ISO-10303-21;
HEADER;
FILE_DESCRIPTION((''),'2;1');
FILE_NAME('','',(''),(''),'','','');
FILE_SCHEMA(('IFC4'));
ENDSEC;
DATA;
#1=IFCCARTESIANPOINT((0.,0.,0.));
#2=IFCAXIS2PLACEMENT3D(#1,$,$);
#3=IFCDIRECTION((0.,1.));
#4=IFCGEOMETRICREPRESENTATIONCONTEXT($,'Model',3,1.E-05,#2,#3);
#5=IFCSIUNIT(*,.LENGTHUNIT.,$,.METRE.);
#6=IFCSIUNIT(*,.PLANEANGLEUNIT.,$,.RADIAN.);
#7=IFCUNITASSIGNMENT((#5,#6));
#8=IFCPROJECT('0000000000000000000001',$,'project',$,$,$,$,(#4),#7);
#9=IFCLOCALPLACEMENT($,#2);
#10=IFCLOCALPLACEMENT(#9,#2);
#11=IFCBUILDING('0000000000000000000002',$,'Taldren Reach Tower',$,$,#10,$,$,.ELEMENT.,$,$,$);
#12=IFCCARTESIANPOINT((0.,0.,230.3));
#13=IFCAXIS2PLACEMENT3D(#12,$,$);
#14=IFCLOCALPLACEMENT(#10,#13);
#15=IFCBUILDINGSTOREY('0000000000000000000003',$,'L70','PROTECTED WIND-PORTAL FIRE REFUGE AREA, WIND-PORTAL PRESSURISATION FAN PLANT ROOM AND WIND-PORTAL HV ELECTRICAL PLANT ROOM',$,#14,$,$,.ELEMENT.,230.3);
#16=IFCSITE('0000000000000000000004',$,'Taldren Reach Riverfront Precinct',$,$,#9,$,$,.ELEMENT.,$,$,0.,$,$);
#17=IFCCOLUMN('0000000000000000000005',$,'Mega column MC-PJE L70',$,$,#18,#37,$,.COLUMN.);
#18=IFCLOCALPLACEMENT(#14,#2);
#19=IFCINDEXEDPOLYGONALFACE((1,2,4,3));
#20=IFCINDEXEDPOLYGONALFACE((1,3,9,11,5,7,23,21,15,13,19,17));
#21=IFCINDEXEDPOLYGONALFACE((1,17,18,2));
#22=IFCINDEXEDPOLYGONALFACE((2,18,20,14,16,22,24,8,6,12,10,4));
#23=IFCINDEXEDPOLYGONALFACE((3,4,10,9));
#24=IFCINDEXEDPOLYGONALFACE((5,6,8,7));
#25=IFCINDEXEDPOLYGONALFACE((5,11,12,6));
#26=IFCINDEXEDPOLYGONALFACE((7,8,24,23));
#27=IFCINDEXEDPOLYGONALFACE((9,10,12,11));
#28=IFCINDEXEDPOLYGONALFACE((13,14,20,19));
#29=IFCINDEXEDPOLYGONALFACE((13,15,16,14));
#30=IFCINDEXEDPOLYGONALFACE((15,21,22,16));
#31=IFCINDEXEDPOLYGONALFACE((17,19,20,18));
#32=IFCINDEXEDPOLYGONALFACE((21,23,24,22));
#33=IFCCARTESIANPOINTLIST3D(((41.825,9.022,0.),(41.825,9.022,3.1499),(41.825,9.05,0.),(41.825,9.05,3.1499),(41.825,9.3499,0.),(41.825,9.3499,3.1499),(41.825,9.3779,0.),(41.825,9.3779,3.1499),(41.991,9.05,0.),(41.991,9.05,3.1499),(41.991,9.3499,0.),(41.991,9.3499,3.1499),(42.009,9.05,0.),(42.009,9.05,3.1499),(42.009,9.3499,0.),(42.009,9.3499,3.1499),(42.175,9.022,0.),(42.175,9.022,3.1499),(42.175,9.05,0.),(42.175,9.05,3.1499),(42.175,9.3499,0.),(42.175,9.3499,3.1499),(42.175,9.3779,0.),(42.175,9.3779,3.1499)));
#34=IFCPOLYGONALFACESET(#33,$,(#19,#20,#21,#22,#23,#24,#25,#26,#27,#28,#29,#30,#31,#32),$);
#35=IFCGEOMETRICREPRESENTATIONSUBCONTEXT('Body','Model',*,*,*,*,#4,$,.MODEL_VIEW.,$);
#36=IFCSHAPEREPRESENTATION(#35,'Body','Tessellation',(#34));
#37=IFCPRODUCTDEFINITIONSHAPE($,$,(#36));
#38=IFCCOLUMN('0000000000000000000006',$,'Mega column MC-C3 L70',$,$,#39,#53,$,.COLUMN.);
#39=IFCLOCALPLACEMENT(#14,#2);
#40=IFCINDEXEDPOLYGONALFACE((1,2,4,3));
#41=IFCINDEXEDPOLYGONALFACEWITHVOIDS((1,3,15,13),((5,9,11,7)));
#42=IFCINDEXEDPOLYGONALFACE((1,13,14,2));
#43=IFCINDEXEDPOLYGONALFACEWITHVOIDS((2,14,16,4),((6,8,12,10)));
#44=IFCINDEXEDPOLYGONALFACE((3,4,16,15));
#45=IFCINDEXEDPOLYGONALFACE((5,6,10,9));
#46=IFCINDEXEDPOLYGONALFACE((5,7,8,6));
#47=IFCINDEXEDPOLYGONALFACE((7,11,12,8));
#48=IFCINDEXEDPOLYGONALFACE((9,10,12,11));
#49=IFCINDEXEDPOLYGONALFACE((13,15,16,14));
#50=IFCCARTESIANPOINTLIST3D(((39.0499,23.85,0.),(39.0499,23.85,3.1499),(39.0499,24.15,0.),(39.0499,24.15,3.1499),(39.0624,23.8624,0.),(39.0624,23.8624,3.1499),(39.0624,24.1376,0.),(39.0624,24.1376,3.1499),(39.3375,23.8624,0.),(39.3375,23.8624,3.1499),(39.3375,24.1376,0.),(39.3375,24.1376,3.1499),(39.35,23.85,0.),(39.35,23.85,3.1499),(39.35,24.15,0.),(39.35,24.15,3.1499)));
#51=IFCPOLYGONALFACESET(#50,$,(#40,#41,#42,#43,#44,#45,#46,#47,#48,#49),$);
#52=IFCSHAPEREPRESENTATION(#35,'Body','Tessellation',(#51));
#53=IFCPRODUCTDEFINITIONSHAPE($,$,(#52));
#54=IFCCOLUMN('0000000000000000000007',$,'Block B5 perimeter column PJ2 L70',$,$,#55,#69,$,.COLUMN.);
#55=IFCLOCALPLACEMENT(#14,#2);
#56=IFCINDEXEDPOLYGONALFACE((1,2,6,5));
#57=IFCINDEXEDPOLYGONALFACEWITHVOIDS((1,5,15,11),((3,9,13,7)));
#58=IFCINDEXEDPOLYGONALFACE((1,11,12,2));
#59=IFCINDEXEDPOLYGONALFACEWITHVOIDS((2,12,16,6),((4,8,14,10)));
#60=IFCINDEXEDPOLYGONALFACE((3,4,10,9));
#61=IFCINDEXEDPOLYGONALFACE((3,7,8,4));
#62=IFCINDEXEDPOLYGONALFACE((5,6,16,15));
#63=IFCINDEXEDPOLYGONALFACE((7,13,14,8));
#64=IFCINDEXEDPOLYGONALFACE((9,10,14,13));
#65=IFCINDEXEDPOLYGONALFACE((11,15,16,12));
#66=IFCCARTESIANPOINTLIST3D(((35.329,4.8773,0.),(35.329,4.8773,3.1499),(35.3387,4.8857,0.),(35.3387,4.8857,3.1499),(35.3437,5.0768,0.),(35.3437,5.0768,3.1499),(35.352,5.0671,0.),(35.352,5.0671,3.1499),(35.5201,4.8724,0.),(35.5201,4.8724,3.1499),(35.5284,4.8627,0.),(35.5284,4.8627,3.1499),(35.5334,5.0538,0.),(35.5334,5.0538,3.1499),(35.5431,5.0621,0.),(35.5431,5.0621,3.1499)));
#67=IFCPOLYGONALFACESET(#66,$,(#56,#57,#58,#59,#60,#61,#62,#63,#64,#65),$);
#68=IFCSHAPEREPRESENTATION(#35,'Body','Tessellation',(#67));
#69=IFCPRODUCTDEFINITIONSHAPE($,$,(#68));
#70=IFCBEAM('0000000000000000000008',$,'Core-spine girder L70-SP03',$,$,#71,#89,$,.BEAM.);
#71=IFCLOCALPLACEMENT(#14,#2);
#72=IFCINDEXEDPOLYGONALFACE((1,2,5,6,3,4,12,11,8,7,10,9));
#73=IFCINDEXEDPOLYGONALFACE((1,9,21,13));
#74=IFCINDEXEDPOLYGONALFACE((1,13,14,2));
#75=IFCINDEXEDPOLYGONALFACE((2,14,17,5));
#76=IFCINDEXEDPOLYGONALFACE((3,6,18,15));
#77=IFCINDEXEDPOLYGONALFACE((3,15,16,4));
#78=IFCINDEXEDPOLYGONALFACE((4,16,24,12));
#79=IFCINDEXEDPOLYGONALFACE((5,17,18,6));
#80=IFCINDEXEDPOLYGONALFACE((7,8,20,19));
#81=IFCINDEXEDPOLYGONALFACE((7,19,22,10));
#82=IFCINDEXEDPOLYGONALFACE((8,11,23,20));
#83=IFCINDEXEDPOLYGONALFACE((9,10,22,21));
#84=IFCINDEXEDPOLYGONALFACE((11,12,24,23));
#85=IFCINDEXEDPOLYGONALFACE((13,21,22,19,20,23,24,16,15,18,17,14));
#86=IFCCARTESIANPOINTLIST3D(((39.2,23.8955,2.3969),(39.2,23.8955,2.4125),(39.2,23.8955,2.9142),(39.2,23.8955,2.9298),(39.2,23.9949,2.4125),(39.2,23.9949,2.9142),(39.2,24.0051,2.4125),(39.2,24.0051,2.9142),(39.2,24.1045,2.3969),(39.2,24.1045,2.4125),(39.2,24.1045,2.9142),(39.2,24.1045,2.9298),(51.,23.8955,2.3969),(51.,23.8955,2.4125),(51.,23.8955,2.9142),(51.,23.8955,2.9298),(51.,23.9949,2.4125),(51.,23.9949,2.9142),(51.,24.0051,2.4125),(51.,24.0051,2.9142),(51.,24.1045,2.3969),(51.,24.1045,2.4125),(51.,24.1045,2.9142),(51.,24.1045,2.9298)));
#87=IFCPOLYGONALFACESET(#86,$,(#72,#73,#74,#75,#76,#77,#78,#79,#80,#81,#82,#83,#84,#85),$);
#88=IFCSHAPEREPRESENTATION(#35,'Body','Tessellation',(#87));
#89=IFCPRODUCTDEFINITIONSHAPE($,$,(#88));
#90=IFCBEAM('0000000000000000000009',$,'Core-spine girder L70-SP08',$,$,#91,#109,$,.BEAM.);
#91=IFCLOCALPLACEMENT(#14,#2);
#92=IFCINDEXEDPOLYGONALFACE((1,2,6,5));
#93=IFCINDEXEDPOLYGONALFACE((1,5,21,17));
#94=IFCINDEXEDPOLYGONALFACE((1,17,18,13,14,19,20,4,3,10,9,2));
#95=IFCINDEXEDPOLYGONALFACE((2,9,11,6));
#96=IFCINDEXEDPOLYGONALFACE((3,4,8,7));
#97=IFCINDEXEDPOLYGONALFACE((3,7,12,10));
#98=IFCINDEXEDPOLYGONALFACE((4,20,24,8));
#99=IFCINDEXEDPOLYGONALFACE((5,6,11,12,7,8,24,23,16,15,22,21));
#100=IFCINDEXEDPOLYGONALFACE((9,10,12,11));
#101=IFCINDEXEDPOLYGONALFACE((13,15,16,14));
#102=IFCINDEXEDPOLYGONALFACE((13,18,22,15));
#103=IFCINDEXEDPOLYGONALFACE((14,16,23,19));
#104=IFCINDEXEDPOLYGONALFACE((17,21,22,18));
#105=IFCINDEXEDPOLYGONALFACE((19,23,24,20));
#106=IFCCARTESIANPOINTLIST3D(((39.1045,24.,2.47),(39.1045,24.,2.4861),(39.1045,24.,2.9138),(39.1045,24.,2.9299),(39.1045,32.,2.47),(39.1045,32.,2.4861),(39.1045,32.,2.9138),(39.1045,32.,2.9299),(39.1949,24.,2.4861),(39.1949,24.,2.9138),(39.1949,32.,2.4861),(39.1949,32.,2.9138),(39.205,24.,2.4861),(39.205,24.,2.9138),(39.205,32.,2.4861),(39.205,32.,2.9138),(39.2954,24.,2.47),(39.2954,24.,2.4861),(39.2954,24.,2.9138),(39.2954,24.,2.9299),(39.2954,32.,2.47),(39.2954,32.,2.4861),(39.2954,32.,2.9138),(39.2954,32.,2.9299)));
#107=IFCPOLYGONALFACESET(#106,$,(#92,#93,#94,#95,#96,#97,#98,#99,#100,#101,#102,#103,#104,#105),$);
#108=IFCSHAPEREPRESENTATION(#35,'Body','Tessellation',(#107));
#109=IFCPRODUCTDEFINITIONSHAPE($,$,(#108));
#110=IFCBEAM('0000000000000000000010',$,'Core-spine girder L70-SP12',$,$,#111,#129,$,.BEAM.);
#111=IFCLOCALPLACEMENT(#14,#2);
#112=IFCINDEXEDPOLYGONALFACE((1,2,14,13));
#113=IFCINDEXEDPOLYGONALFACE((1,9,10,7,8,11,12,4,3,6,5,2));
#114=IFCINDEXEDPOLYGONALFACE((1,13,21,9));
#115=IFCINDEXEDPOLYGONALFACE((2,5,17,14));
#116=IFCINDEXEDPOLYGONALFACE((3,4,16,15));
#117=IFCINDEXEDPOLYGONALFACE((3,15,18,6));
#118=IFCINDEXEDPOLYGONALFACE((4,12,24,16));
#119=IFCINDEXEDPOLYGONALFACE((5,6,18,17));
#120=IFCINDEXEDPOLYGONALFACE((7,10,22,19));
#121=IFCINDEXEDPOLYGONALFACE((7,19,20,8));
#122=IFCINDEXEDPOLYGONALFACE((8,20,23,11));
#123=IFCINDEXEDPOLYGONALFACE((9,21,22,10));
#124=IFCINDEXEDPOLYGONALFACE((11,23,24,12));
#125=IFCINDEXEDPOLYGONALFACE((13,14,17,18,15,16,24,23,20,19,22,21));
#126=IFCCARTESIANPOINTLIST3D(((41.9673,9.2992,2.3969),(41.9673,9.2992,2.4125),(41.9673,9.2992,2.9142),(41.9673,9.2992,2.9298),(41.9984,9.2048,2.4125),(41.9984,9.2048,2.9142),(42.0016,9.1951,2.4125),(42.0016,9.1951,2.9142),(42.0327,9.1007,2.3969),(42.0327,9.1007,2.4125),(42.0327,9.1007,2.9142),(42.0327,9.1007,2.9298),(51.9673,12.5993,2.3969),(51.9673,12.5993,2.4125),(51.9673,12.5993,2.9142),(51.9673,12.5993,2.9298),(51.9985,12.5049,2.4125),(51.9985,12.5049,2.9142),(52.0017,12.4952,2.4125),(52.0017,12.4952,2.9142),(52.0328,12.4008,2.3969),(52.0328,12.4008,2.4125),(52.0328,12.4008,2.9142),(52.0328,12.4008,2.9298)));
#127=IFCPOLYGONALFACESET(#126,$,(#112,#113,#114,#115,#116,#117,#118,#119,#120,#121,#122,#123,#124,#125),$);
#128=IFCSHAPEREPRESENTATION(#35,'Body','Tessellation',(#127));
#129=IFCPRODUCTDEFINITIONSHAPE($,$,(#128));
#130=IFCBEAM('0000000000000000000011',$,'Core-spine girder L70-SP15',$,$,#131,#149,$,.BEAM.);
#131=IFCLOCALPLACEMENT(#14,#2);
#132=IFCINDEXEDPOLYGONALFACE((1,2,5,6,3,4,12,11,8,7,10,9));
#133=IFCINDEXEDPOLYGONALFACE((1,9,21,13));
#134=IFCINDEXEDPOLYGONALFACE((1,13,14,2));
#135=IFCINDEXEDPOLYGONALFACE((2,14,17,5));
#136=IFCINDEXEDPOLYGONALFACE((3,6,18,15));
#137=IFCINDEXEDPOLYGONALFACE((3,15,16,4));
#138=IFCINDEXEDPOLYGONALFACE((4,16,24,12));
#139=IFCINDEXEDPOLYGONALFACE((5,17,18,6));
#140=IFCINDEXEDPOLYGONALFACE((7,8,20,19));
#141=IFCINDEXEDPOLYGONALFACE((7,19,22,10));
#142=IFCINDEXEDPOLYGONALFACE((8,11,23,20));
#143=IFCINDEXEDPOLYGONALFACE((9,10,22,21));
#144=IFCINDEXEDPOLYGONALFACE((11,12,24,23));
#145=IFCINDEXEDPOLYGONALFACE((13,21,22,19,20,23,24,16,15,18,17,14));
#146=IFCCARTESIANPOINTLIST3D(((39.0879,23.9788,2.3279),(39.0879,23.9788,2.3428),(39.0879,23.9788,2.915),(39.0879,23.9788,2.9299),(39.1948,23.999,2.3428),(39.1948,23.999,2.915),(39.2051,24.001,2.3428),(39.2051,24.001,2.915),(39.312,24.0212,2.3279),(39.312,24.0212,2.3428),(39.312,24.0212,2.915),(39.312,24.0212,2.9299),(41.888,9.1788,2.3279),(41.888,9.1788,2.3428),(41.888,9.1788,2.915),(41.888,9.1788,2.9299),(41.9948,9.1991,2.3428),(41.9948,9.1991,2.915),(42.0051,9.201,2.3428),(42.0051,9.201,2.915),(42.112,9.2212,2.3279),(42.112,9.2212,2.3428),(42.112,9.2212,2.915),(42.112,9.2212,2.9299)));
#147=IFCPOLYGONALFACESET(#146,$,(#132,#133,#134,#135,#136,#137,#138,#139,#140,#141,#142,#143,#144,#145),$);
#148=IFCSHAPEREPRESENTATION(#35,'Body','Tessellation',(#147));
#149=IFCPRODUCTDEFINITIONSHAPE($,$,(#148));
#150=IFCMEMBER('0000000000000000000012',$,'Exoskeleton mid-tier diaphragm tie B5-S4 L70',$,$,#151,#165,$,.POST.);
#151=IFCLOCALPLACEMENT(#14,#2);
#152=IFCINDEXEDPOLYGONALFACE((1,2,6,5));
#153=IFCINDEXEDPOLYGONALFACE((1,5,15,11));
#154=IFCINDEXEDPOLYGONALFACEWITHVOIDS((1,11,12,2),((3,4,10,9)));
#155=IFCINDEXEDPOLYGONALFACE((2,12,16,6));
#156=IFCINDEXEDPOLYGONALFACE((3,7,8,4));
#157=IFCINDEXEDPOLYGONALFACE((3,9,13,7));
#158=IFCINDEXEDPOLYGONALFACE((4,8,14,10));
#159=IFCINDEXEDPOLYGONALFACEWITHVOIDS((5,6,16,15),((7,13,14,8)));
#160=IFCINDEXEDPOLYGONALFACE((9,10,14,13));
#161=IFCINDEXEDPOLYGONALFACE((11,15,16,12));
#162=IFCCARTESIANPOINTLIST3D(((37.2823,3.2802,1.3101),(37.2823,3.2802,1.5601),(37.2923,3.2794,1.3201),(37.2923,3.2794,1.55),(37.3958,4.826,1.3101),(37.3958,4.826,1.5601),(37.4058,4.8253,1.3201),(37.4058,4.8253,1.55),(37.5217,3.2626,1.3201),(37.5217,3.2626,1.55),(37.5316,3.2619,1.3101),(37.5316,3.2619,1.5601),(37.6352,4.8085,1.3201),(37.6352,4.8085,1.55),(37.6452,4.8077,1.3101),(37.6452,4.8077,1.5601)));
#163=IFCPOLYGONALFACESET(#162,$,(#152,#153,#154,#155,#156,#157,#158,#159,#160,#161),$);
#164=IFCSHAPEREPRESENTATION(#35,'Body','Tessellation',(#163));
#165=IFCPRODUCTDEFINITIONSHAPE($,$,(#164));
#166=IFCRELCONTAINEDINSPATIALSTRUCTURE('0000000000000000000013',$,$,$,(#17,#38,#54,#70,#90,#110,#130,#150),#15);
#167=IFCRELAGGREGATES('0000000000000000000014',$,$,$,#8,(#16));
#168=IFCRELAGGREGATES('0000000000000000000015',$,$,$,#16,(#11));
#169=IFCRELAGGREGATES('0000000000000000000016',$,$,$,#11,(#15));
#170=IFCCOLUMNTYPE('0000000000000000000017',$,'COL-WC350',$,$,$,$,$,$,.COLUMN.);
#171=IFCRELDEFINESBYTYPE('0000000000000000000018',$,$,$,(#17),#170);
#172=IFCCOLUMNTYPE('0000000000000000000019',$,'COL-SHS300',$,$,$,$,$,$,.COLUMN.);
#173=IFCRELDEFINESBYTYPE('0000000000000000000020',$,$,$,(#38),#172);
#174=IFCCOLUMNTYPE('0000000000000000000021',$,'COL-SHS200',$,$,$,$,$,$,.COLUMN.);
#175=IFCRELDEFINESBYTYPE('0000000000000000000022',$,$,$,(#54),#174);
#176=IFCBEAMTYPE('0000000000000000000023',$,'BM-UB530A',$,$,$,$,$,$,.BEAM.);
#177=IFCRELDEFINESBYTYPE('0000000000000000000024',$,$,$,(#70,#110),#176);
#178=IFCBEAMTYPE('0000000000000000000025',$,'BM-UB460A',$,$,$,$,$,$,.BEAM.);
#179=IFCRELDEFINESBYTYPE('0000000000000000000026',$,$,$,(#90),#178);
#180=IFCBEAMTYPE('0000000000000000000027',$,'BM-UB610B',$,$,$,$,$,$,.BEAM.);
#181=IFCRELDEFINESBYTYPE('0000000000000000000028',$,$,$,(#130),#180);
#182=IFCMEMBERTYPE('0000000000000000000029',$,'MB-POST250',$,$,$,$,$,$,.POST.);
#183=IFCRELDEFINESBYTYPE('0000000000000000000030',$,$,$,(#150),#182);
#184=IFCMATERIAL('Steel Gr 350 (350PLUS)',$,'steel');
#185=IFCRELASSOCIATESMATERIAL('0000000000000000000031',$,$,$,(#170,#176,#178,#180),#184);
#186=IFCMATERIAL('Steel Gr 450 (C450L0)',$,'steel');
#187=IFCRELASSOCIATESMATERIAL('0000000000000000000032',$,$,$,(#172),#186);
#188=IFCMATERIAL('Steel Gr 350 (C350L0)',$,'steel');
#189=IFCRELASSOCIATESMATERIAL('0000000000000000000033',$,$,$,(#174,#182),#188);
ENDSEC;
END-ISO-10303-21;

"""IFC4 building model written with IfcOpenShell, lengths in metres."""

from ifc_helpers import new_model, si_unit, direction, frame, origin, origin_2d, place, context, subcontext, project, spatial, hollow_rectangle, i_section, extrude, source, transform, mapped, material, material_profile, profile_set, type_object, element, save


model = new_model("IFC4")

# Units and contexts
model_context = context("Model", 3, precision=1e-05, world=origin(), true_north=direction((0.0, 1.0)))
body_context = subcontext(model_context, "Body", "Model", "MODEL_VIEW")
ifc_project = project(units=[si_unit("LENGTHUNIT", "METRE"), si_unit("PLANEANGLEUNIT", "RADIAN")], contexts=[model_context])

# Site, building, storey
site_placement = place(None, origin())
site = spatial("IfcSite", under=ifc_project, at=site_placement, Name="Taldren Reach Riverfront Precinct", CompositionType="ELEMENT", RefElevation=0.0)
building_placement = place(site_placement, origin())
building = spatial("IfcBuilding", under=site, at=building_placement, Name="Taldren Reach Tower", CompositionType="ELEMENT")
storey_placement = place(building_placement, frame((0.0, 0.0, 230.3)))
storey = spatial("IfcBuildingStorey", under=building, at=storey_placement, Name="L70", Description="PROTECTED WIND-PORTAL FIRE REFUGE AREA, WIND-PORTAL PRESSURISATION FAN PLANT ROOM AND WIND-PORTAL HV ELECTRICAL PLANT ROOM", CompositionType="ELEMENT", Elevation=230.3)

# Columns
ifc_material_1 = material(Name="Steel Gr 350 (350PLUS)", Category="steel")
ifc_material_profile_1 = material_profile(ifc_material_1, i_section(OverallWidth=0.3501, OverallDepth=0.356, WebThickness=0.0181, FlangeThickness=0.0281, at=origin_2d()), Name="350WC197")
ifc_profile_set_1 = profile_set([ifc_material_profile_1], Name="Steel Gr 350 (350PLUS)")
column_type_1 = type_object("IfcColumnType", Name="COL-WC350", PredefinedType="COLUMN", material=ifc_profile_set_1)
shared_shape_1 = source(origin(), body_context, "Body", "SweptSolid", [
    extrude(i_section(OverallWidth=0.3501, OverallDepth=0.356, WebThickness=0.0181, FlangeThickness=0.0281, at=origin_2d()), origin(), (0.0, 0.0, 1.0), 3.1499),
])
column_1_placement = place(storey_placement, frame((42.0, 9.2, 0.0), z_axis=(0.0, 0.0, 1.0), x_axis=(1.0, 0.0, 0.0)))
element("IfcColumn", 1, at=column_1_placement, inside=storey, type_object=column_type_1, Name="Mega column MC-PJE L70", PredefinedType="COLUMN", context=body_context, shape_type="MappedRepresentation", body=[
    mapped(shared_shape_1, transform((0.0, 0.0, 0.0), scale=1.0)),
])
ifc_material_2 = material(Name="Steel Gr 450 (C450L0)", Category="steel")
ifc_material_profile_2 = material_profile(ifc_material_2, hollow_rectangle(XDim=0.3, YDim=0.3, WallThickness=0.0125, at=origin_2d()), Name="300x300x12.5SHS")
ifc_profile_set_2 = profile_set([ifc_material_profile_2], Name="Steel Gr 450 (C450L0)")
column_type_2 = type_object("IfcColumnType", Name="COL-SHS300", PredefinedType="COLUMN", material=ifc_profile_set_2)
shared_shape_2 = source(origin(), body_context, "Body", "SweptSolid", [
    extrude(hollow_rectangle(XDim=0.3, YDim=0.3, WallThickness=0.0125, at=origin_2d()), origin(), (0.0, 0.0, 1.0), 3.1499),
])
column_2_placement = place(storey_placement, frame((39.2, 24.0, 0.0), z_axis=(0.0, 0.0, 1.0), x_axis=(1.0, 0.0, 0.0)))
element("IfcColumn", 2, at=column_2_placement, inside=storey, type_object=column_type_2, Name="Mega column MC-C3 L70", PredefinedType="COLUMN", context=body_context, shape_type="MappedRepresentation", body=[
    mapped(shared_shape_2, transform((0.0, 0.0, 0.0), scale=1.0)),
])
ifc_material_3 = material(Name="Steel Gr 350 (C350L0)", Category="steel")
ifc_material_profile_3 = material_profile(ifc_material_3, hollow_rectangle(XDim=0.2, YDim=0.2, WallThickness=0.009, at=origin_2d()), Name="200x200x9.0SHS")
ifc_profile_set_3 = profile_set([ifc_material_profile_3], Name="Steel Gr 350 (C350L0)")
column_type_3 = type_object("IfcColumnType", Name="COL-SHS200", PredefinedType="COLUMN", material=ifc_profile_set_3)
shared_shape_3 = source(origin(), body_context, "Body", "SweptSolid", [
    extrude(hollow_rectangle(XDim=0.2, YDim=0.2, WallThickness=0.009, at=origin_2d()), origin(), (0.0, 0.0, 1.0), 3.1499),
])
column_3_placement = place(storey_placement, frame((35.436, 4.9697, 0.0), z_axis=(0.0, 0.0, 1.0), x_axis=(0.997314, -0.073238, 0.0)))
element("IfcColumn", 3, at=column_3_placement, inside=storey, type_object=column_type_3, Name="Block B5 perimeter column PJ2 L70", PredefinedType="COLUMN", context=body_context, shape_type="MappedRepresentation", body=[
    mapped(shared_shape_3, transform((0.0, 0.0, 0.0), scale=1.0)),
])

# Beams
ifc_material_profile_4 = material_profile(ifc_material_1, i_section(OverallWidth=0.209, OverallDepth=0.533, WebThickness=0.0103, FlangeThickness=0.0156, at=origin_2d()), Name="530UB92.4")
ifc_profile_set_4 = profile_set([ifc_material_profile_4], Name="Steel Gr 350 (350PLUS)")
beam_type_1 = type_object("IfcBeamType", Name="BM-UB530A", PredefinedType="BEAM", material=ifc_profile_set_4)
shared_shape_4 = source(origin(), body_context, "Body", "SweptSolid", [
    extrude(i_section(OverallWidth=0.209, OverallDepth=0.533, WebThickness=0.0103, FlangeThickness=0.0156, at=origin_2d()), origin(), (0.0, 0.0, 1.0), 11.8),
])
beam_1_placement = place(storey_placement, frame((39.2, 24.0, 2.6633), z_axis=(1.0, 0.0, 0.0), x_axis=(0.0, 1.0, 0.0)))
element("IfcBeam", 4, at=beam_1_placement, inside=storey, type_object=beam_type_1, Name="Core-spine girder L70-SP03", PredefinedType="BEAM", context=body_context, shape_type="MappedRepresentation", body=[
    mapped(shared_shape_4, transform((0.0, 0.0, 0.0), scale=1.0)),
])
ifc_material_profile_5 = material_profile(ifc_material_1, i_section(OverallWidth=0.1909, OverallDepth=0.46, WebThickness=0.01, FlangeThickness=0.0161, at=origin_2d()), Name="460UB82.1")
ifc_profile_set_5 = profile_set([ifc_material_profile_5], Name="Steel Gr 350 (350PLUS)")
beam_type_2 = type_object("IfcBeamType", Name="BM-UB460A", PredefinedType="BEAM", material=ifc_profile_set_5)
shared_shape_5 = source(origin(), body_context, "Body", "SweptSolid", [
    extrude(i_section(OverallWidth=0.1909, OverallDepth=0.46, WebThickness=0.01, FlangeThickness=0.0161, at=origin_2d()), origin(), (0.0, 0.0, 1.0), 8.0),
])
beam_2_placement = place(storey_placement, frame((39.2, 24.0, 2.7), z_axis=(0.0, 1.0, 0.0), x_axis=(-1.0, 0.0, 0.0)))
element("IfcBeam", 5, at=beam_2_placement, inside=storey, type_object=beam_type_2, Name="Core-spine girder L70-SP08", PredefinedType="BEAM", context=body_context, shape_type="MappedRepresentation", body=[
    mapped(shared_shape_5, transform((0.0, 0.0, 0.0), scale=1.0)),
])
shared_shape_6 = source(origin(), body_context, "Body", "SweptSolid", [
    extrude(i_section(OverallWidth=0.209, OverallDepth=0.533, WebThickness=0.0103, FlangeThickness=0.0156, at=origin_2d()), origin(), (0.0, 0.0, 1.0), 10.5305),
])
beam_3_placement = place(storey_placement, frame((42.0, 9.2, 2.6633), z_axis=(0.949627, 0.313382, 0.0), x_axis=(-0.313382, 0.949627, 0.0)))
element("IfcBeam", 6, at=beam_3_placement, inside=storey, type_object=beam_type_1, Name="Core-spine girder L70-SP12", PredefinedType="BEAM", context=body_context, shape_type="MappedRepresentation", body=[
    mapped(shared_shape_6, transform((0.0, 0.0, 0.0), scale=1.0)),
])
ifc_material_profile_6 = material_profile(ifc_material_1, i_section(OverallWidth=0.228, OverallDepth=0.6021, WebThickness=0.0105, FlangeThickness=0.0149, at=origin_2d()), Name="610UB101")
ifc_profile_set_6 = profile_set([ifc_material_profile_6], Name="Steel Gr 350 (350PLUS)")
beam_type_3 = type_object("IfcBeamType", Name="BM-UB610B", PredefinedType="BEAM", material=ifc_profile_set_6)
shared_shape_7 = source(origin(), body_context, "Body", "SweptSolid", [
    extrude(i_section(OverallWidth=0.228, OverallDepth=0.6021, WebThickness=0.0105, FlangeThickness=0.0149, at=origin_2d()), origin(), (0.0, 0.0, 1.0), 15.0625),
])
beam_4_placement = place(storey_placement, frame((39.2, 24.0, 2.6289), z_axis=(0.185894, -0.98257, 0.0), x_axis=(0.98257, 0.185894, 0.0)))
element("IfcBeam", 7, at=beam_4_placement, inside=storey, type_object=beam_type_3, Name="Core-spine girder L70-SP15", PredefinedType="BEAM", context=body_context, shape_type="MappedRepresentation", body=[
    mapped(shared_shape_7, transform((0.0, 0.0, 0.0), scale=1.0)),
])

# Member
ifc_material_profile_7 = material_profile(ifc_material_3, hollow_rectangle(XDim=0.25, YDim=0.25, WallThickness=0.01, at=origin_2d()), Name="250x250x10.0SHS")
ifc_profile_set_7 = profile_set([ifc_material_profile_7], Name="Steel Gr 350 (C350L0)")
member_type_1 = type_object("IfcMemberType", Name="MB-POST250", PredefinedType="POST", material=ifc_profile_set_7)
shared_shape_8 = source(origin(), body_context, "Body", "SweptSolid", [
    extrude(hollow_rectangle(XDim=0.25, YDim=0.25, WallThickness=0.01, at=origin_2d()), origin(), (0.0, 0.0, 1.0), 1.55),
])
member_1_placement = place(storey_placement, frame((37.5205, 4.8169, 1.4351), z_axis=(-0.073239, -0.997314, 0.0), x_axis=(0.997314, -0.073239, 0.0)))
element("IfcMember", 8, at=member_1_placement, inside=storey, type_object=member_type_1, Name="Exoskeleton mid-tier diaphragm tie B5-S4 L70", PredefinedType="POST", context=body_context, shape_type="MappedRepresentation", body=[
    mapped(shared_shape_8, transform((0.0, 0.0, 0.0), scale=1.0)),
])

save(model, "model.ifc")
